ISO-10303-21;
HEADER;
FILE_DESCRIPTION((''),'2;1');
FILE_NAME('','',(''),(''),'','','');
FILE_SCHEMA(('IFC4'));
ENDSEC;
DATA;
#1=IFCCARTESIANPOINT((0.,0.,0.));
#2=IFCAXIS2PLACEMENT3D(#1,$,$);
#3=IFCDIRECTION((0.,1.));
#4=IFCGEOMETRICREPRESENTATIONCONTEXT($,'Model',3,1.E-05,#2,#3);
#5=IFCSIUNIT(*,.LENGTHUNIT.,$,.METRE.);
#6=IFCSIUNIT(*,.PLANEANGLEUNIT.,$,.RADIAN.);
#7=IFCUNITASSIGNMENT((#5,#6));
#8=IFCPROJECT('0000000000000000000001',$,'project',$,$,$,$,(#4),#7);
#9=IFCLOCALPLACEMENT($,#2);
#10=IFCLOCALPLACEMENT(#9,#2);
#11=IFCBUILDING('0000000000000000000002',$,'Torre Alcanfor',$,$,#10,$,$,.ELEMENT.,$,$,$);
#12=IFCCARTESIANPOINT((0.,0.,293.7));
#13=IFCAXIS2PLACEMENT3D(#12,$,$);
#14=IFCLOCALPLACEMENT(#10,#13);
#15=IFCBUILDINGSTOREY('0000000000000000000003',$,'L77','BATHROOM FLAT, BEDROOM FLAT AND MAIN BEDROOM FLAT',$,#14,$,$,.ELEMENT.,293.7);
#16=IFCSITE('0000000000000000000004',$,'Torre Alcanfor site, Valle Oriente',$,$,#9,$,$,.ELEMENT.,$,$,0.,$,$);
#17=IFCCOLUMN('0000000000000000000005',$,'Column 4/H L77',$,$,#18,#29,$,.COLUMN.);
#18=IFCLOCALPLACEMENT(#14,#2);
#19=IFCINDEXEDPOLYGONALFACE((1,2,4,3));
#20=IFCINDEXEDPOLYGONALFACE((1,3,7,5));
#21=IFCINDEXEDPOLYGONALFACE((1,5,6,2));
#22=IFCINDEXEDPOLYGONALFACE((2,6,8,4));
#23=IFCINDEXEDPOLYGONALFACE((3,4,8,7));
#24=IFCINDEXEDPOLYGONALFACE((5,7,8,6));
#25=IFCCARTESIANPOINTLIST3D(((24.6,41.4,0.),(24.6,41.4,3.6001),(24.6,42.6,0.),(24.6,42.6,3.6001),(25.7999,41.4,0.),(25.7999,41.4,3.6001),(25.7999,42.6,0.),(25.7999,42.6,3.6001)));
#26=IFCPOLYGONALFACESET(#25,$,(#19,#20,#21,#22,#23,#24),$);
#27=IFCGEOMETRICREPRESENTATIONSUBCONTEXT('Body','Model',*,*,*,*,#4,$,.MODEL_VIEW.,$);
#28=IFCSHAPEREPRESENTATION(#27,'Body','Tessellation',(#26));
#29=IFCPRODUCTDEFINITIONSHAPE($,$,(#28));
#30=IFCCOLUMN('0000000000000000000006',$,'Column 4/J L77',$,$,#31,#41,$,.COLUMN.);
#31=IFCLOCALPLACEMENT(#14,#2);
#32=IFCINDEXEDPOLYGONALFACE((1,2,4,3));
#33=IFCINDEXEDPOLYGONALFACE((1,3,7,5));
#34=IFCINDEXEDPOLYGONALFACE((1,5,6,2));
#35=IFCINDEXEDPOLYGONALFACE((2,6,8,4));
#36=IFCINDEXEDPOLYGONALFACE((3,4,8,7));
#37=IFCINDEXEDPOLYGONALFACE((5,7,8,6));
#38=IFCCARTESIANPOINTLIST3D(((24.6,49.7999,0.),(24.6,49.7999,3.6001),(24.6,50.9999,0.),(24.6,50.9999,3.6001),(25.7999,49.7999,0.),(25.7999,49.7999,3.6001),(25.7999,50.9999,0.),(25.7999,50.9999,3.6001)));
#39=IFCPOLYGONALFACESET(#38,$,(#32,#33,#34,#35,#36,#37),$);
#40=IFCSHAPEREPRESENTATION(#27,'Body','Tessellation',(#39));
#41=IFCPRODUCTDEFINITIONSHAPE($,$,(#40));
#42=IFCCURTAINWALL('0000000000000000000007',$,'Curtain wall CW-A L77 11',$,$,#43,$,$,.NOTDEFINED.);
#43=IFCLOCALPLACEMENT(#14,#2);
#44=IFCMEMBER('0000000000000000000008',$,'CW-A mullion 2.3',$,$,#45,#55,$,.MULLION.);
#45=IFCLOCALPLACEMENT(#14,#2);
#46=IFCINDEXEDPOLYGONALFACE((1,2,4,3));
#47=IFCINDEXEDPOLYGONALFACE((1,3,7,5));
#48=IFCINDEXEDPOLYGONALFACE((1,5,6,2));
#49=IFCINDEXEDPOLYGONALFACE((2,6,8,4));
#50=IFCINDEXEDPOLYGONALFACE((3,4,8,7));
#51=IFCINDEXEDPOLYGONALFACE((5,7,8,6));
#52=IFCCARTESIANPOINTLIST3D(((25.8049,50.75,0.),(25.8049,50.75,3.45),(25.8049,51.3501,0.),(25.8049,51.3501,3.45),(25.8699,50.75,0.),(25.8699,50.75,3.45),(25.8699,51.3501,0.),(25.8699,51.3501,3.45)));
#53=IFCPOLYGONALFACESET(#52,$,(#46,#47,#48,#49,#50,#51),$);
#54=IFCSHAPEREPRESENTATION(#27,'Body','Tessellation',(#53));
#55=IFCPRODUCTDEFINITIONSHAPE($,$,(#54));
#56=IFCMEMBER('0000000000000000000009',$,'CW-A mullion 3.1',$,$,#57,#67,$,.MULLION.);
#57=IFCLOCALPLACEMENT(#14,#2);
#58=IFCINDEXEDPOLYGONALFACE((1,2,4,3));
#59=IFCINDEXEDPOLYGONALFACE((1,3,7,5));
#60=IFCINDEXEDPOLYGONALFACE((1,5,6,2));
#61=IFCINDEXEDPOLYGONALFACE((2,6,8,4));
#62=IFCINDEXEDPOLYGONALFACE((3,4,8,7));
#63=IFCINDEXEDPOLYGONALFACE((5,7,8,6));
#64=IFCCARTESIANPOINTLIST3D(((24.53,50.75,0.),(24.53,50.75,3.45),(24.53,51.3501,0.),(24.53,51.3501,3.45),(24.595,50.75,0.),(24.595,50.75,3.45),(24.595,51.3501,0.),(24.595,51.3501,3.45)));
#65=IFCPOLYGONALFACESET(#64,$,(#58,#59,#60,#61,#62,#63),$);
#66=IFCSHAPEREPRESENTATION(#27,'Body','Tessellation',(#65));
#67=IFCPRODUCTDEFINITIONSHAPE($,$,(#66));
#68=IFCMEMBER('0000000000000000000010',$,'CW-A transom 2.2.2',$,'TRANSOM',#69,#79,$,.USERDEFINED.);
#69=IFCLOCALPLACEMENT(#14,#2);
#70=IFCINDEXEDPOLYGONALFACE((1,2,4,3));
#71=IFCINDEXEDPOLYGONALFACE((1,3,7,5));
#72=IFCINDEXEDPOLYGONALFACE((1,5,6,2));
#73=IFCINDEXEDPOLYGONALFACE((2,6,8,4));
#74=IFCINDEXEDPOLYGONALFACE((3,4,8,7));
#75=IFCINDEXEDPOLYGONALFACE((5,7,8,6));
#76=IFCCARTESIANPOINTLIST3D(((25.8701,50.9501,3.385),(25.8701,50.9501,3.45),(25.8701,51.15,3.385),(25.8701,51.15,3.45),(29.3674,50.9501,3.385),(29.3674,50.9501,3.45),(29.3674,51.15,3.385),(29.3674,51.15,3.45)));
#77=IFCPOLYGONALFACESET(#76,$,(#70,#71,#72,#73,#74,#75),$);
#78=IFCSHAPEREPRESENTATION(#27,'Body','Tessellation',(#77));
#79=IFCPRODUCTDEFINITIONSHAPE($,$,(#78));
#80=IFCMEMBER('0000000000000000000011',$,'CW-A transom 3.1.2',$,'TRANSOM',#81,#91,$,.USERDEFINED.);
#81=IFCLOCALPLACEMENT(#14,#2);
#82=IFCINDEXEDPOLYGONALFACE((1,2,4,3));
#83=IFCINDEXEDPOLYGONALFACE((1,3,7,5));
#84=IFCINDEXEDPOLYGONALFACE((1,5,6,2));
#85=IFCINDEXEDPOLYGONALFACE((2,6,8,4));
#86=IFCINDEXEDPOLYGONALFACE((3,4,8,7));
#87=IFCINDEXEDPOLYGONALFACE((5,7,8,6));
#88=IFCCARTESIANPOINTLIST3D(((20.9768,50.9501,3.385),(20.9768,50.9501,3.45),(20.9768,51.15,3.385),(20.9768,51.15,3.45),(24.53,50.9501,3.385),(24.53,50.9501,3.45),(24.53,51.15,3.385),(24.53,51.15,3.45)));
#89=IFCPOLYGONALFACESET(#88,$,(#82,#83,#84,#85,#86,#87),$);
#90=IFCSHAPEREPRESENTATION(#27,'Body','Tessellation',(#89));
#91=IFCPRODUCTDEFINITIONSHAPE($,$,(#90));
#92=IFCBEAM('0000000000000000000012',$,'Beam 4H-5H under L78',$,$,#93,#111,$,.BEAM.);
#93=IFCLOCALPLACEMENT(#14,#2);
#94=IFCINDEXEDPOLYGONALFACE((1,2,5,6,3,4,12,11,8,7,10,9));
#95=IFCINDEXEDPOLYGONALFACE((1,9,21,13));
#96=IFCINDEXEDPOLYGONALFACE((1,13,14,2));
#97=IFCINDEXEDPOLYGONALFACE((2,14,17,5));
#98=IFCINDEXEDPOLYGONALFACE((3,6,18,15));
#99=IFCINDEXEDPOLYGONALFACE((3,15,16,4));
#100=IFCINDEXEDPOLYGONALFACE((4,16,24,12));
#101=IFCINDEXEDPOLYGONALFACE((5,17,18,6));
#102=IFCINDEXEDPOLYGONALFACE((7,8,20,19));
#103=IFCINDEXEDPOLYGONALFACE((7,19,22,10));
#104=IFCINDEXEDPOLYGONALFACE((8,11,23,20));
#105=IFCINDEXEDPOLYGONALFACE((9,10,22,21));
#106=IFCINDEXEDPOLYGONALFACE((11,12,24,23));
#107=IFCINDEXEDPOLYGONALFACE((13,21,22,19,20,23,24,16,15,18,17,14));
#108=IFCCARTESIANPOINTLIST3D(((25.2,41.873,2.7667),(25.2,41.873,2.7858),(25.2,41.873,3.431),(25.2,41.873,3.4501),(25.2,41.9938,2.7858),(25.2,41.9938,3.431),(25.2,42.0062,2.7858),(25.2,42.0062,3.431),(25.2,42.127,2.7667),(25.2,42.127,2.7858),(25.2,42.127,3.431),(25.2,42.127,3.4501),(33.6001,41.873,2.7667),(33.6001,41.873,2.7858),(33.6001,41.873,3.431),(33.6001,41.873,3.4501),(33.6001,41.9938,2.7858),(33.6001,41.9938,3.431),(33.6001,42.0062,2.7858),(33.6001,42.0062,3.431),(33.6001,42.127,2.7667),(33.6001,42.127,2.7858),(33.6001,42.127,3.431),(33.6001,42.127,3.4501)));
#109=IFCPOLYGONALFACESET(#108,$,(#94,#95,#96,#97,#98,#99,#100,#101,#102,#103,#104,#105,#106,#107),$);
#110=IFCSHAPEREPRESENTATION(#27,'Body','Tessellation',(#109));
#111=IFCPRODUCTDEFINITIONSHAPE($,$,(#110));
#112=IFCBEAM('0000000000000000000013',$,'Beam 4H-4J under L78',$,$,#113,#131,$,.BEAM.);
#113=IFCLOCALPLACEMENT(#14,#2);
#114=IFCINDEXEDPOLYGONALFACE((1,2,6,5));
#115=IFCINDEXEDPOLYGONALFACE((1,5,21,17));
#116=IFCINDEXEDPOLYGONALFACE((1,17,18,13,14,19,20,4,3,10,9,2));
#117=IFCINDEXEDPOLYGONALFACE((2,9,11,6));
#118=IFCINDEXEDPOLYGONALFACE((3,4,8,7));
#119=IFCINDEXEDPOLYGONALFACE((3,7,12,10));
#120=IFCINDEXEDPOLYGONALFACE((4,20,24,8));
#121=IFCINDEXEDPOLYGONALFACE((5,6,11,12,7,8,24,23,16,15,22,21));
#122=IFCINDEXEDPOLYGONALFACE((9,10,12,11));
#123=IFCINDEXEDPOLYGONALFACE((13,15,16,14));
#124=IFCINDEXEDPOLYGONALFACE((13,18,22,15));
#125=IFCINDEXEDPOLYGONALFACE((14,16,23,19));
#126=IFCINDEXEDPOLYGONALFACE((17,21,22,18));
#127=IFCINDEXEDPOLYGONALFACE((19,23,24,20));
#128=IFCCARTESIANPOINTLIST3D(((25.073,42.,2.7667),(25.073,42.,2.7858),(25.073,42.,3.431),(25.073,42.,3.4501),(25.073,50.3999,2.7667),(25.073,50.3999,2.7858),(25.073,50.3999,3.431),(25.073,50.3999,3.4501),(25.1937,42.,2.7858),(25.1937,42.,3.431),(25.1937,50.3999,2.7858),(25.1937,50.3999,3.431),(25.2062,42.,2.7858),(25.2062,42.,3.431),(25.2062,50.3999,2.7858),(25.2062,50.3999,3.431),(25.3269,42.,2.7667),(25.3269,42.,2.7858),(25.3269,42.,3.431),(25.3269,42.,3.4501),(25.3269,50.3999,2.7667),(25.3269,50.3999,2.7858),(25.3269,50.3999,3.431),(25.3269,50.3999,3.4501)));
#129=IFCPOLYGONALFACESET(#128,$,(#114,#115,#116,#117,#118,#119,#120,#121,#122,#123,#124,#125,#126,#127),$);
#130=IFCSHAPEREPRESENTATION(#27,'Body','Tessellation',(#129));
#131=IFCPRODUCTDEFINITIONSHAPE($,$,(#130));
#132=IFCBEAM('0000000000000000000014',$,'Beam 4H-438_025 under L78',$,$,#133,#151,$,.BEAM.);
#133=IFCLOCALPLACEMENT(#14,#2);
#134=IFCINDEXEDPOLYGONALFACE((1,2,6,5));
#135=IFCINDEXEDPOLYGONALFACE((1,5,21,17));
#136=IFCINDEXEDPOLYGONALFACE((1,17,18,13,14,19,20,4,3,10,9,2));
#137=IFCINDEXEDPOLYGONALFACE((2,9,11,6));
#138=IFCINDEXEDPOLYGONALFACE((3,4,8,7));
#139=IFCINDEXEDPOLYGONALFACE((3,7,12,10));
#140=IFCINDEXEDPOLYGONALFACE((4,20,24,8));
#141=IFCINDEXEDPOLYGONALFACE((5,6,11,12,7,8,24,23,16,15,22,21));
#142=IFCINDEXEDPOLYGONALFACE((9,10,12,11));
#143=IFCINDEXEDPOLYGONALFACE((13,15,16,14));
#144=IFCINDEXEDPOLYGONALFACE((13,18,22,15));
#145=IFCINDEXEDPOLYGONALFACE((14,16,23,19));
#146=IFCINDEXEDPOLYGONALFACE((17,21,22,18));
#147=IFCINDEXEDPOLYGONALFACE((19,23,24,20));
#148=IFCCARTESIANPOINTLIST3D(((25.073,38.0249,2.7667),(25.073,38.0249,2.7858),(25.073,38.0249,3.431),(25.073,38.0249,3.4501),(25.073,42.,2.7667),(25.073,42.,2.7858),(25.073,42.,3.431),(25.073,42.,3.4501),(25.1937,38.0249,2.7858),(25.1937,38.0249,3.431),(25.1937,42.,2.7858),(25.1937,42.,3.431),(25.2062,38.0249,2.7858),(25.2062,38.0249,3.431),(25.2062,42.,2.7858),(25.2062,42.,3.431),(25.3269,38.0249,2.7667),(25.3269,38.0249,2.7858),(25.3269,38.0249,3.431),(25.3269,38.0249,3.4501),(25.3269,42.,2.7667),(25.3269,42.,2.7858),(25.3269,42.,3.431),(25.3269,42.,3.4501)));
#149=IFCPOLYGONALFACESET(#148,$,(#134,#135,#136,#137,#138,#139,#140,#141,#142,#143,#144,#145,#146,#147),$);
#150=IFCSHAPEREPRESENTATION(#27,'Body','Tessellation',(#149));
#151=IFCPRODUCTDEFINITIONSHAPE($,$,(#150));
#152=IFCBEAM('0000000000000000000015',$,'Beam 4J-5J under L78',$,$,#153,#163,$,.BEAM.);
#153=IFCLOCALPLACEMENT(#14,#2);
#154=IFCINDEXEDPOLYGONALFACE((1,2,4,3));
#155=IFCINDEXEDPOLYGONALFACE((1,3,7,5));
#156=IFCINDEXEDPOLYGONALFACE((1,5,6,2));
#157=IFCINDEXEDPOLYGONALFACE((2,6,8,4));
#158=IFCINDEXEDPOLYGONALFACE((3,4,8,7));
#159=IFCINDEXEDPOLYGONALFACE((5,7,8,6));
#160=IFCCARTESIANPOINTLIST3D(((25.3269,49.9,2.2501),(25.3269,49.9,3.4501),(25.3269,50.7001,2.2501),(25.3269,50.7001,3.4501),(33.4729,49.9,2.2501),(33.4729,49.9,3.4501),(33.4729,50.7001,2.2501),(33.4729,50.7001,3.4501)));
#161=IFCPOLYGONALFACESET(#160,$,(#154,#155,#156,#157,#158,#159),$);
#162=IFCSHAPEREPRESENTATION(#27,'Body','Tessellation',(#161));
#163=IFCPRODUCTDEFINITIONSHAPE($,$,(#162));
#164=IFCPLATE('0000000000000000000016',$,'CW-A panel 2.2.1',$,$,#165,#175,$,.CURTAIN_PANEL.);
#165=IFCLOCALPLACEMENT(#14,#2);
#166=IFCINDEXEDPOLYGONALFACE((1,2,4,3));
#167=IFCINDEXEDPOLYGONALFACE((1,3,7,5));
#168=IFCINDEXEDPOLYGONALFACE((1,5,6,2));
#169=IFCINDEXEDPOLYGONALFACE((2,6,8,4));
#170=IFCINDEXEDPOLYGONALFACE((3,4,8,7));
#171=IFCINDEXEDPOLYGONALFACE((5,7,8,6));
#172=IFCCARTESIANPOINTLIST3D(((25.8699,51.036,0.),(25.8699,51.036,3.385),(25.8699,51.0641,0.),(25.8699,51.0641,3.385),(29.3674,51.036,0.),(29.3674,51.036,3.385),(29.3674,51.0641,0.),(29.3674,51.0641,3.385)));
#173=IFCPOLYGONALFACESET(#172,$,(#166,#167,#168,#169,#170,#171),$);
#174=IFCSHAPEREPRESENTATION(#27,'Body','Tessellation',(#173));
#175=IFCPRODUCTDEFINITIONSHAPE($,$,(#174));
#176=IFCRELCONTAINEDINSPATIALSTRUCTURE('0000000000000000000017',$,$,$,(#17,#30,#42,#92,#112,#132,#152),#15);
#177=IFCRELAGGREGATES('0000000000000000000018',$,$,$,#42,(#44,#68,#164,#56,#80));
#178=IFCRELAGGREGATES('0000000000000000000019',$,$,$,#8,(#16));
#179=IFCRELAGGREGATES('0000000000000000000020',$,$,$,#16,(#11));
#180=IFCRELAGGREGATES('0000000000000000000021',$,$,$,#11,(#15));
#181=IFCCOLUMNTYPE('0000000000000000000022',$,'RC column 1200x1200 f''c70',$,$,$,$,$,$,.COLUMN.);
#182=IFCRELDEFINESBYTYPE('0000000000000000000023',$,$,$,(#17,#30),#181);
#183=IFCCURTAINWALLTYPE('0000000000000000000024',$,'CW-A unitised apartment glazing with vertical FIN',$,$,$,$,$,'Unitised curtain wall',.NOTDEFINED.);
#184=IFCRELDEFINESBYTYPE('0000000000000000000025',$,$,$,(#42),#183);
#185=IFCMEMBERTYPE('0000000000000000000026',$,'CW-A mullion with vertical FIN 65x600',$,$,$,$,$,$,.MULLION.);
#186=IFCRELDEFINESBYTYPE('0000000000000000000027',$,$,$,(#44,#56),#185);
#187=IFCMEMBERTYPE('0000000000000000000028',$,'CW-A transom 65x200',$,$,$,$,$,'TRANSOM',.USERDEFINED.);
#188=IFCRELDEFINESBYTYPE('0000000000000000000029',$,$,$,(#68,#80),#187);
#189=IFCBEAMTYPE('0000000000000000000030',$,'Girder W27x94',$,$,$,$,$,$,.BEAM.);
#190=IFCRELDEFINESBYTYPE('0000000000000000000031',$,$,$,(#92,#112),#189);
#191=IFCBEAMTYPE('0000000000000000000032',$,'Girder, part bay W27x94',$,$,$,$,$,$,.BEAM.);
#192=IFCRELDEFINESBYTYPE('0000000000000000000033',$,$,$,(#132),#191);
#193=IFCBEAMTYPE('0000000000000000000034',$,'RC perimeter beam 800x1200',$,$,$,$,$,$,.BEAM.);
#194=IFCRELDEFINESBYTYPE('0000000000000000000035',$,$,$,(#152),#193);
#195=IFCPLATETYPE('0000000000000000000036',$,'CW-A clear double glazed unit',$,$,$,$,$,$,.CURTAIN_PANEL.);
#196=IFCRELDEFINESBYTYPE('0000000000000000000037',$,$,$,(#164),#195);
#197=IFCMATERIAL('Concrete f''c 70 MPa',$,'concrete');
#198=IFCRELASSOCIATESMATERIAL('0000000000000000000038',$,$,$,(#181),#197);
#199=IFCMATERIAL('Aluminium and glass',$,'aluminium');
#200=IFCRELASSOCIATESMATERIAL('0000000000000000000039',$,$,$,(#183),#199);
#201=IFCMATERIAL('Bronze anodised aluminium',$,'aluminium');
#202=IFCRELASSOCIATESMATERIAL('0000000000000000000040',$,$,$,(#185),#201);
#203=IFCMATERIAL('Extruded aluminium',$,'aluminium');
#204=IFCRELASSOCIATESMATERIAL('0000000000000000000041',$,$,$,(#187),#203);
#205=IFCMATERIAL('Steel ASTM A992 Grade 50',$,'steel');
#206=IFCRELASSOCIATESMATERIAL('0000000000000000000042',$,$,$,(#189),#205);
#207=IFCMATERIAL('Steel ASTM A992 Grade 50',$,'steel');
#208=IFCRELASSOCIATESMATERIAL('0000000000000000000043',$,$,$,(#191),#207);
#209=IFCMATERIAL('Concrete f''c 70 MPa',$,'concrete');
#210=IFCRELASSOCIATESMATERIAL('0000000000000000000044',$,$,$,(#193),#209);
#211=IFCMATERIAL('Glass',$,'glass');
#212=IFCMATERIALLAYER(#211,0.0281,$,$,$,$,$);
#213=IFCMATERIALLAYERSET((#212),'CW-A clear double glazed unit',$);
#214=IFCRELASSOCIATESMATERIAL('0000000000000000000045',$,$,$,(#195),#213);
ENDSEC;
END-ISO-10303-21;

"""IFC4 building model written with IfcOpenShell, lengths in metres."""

from ifc_helpers import new_model, si_unit, direction, frame, origin, origin_2d, place, context, subcontext, project, spatial, rectangle, i_section, extrude, material, layer, layer_set, material_profile, profile_set, type_object, element, aggregate, save


model = new_model("IFC4")

# Units and contexts
model_context = context("Model", 3, precision=1e-05, world=origin(), true_north=direction((0.0, 1.0)))
body_context = subcontext(model_context, "Body", "Model", "MODEL_VIEW")
ifc_project = project(units=[si_unit("LENGTHUNIT", "METRE"), si_unit("PLANEANGLEUNIT", "RADIAN")], contexts=[model_context])

# Site, building, storey
site_placement = place(None, origin())
site = spatial("IfcSite", under=ifc_project, at=site_placement, Name="Torre Alcanfor site, Valle Oriente", CompositionType="ELEMENT", RefElevation=0.0)
building_placement = place(site_placement, origin())
building = spatial("IfcBuilding", under=site, at=building_placement, Name="Torre Alcanfor", CompositionType="ELEMENT")
storey_placement = place(building_placement, frame((0.0, 0.0, 293.7)))
storey = spatial("IfcBuildingStorey", under=building, at=storey_placement, Name="L77", Description="BATHROOM FLAT, BEDROOM FLAT AND MAIN BEDROOM FLAT", CompositionType="ELEMENT", Elevation=293.7)

# Columns
ifc_material_1 = material(Name="Concrete f'c 70 MPa", Category="concrete")
ifc_material_profile_1 = material_profile(ifc_material_1, rectangle(XDim=1.2, YDim=1.2, at=origin_2d()), Name="1200x1200")
ifc_profile_set_1 = profile_set([ifc_material_profile_1], Name="Concrete f'c 70 MPa")
column_type = type_object("IfcColumnType", Name="RC column 1200x1200 f'c70", PredefinedType="COLUMN", material=ifc_profile_set_1)
for number, where, z_axis, x_axis, name in (
    (1, (25.2, 42.0, 0.0), (0.0, 0.0, 1.0), (1.0, 0.0, 0.0), "Column 4/H L77"),
    (2, (25.2, 50.3999, 0.0), (0.0, 0.0, 1.0), (1.0, 0.0, 0.0), "Column 4/J L77"),
):
    element("IfcColumn", number, at=place(storey_placement, frame(where, z_axis=z_axis, x_axis=x_axis)), inside=storey, type_object=column_type, Name=name, PredefinedType="COLUMN", context=body_context, shape_type="SweptSolid", body=[
        extrude(rectangle(XDim=1.2, YDim=1.2, at=origin_2d()), origin(), (0.0, 0.0, 1.0), 3.6001),
    ])

# Curtain wall, members
ifc_material_2 = material(Name="Aluminium and glass", Category="aluminium")
curtain_wall_type = type_object("IfcCurtainWallType", Name="CW-A unitised apartment glazing with vertical FIN", ElementType="Unitised curtain wall", PredefinedType="NOTDEFINED", material=ifc_material_2)
curtain_wall_placement = place(storey_placement, origin())
curtain_wall = element("IfcCurtainWall", 3, at=curtain_wall_placement, inside=storey, type_object=curtain_wall_type, Name="Curtain wall CW-A L77 11", PredefinedType="NOTDEFINED")
ifc_material_3 = material(Name="Bronze anodised aluminium", Category="aluminium")
ifc_material_profile_2 = material_profile(ifc_material_3, rectangle(XDim=0.6001, YDim=0.0649, at=origin_2d()), Name="CW-A mullion 65x600")
ifc_profile_set_2 = profile_set([ifc_material_profile_2], Name="Bronze anodised aluminium")
member_type_1 = type_object("IfcMemberType", Name="CW-A mullion with vertical FIN 65x600", PredefinedType="MULLION", material=ifc_profile_set_2)
member_1_placement = place(storey_placement, frame((25.8374, 51.05, 0.0), z_axis=(0.0, 0.0, 1.0), x_axis=(0.0, -1.0, 0.0)))
member_1 = element("IfcMember", 4, at=member_1_placement, type_object=member_type_1, Name="CW-A mullion 2.3", PredefinedType="MULLION", context=body_context, shape_type="SweptSolid", body=[
    extrude(rectangle(XDim=0.6001, YDim=0.0649, at=origin_2d()), origin(), (0.0, 0.0, 1.0), 3.45),
])
member_2_placement = place(storey_placement, frame((24.5625, 51.05, 0.0), z_axis=(0.0, 0.0, 1.0), x_axis=(0.0, -1.0, 0.0)))
member_2 = element("IfcMember", 5, at=member_2_placement, type_object=member_type_1, Name="CW-A mullion 3.1", PredefinedType="MULLION", context=body_context, shape_type="SweptSolid", body=[
    extrude(rectangle(XDim=0.6001, YDim=0.0649, at=origin_2d()), origin(), (0.0, 0.0, 1.0), 3.45),
])
ifc_material_4 = material(Name="Extruded aluminium", Category="aluminium")
ifc_material_profile_3 = material_profile(ifc_material_4, rectangle(XDim=0.2, YDim=0.0649, at=origin_2d()), Name="CW-A transom 200x65")
ifc_profile_set_3 = profile_set([ifc_material_profile_3], Name="Extruded aluminium")
member_type_2 = type_object("IfcMemberType", Name="CW-A transom 65x200", ElementType="TRANSOM", PredefinedType="USERDEFINED", material=ifc_profile_set_3)
member_3_placement = place(storey_placement, frame((29.3674, 51.05, 3.4175), z_axis=(-1.0, 0.0, 0.0), x_axis=(0.0, -1.0, 0.0)))
member_3 = element("IfcMember", 6, at=member_3_placement, type_object=member_type_2, Name="CW-A transom 2.2.2", ObjectType="TRANSOM", PredefinedType="USERDEFINED", context=body_context, shape_type="SweptSolid", body=[
    extrude(rectangle(XDim=0.2, YDim=0.0649, at=origin_2d()), origin(), (0.0, 0.0, 1.0), 3.4973),
])
member_4_placement = place(storey_placement, frame((24.53, 51.05, 3.4175), z_axis=(-1.0, 0.0, 0.0), x_axis=(0.0, -1.0, 0.0)))
member_4 = element("IfcMember", 7, at=member_4_placement, type_object=member_type_2, Name="CW-A transom 3.1.2", ObjectType="TRANSOM", PredefinedType="USERDEFINED", context=body_context, shape_type="SweptSolid", body=[
    extrude(rectangle(XDim=0.2, YDim=0.0649, at=origin_2d()), origin(), (0.0, 0.0, 1.0), 3.5532),
])

# Beams
ifc_material_5 = material(Name="Steel ASTM A992 Grade 50", Category="steel")
ifc_material_profile_4 = material_profile(ifc_material_5, i_section(OverallWidth=0.2539, OverallDepth=0.6833, WebThickness=0.0125, FlangeThickness=0.019, at=origin_2d()), Name="W27x94")
ifc_profile_set_4 = profile_set([ifc_material_profile_4], Name="Steel ASTM A992 Grade 50")
beam_type_1 = type_object("IfcBeamType", Name="Girder W27x94", PredefinedType="BEAM", material=ifc_profile_set_4)
beam_1_placement = place(storey_placement, frame((25.2, 42.0, 3.1084), z_axis=(1.0, 0.0, 0.0), x_axis=(0.0, 1.0, 0.0)))
element("IfcBeam", 8, at=beam_1_placement, inside=storey, type_object=beam_type_1, Name="Beam 4H-5H under L78", PredefinedType="BEAM", context=body_context, shape_type="SweptSolid", body=[
    extrude(i_section(OverallWidth=0.2539, OverallDepth=0.6833, WebThickness=0.0125, FlangeThickness=0.019, at=origin_2d()), origin(), (0.0, 0.0, 1.0), 8.4001),
])
beam_2_placement = place(storey_placement, frame((25.2, 42.0, 3.1084), z_axis=(0.0, 1.0, 0.0), x_axis=(-1.0, 0.0, 0.0)))
element("IfcBeam", 9, at=beam_2_placement, inside=storey, type_object=beam_type_1, Name="Beam 4H-4J under L78", PredefinedType="BEAM", context=body_context, shape_type="SweptSolid", body=[
    extrude(i_section(OverallWidth=0.2539, OverallDepth=0.6833, WebThickness=0.0125, FlangeThickness=0.019, at=origin_2d()), origin(), (0.0, 0.0, 1.0), 8.3999),
])
ifc_material_6 = material(Name="Steel ASTM A992 Grade 50", Category="steel")
ifc_material_profile_5 = material_profile(ifc_material_6, i_section(OverallWidth=0.2539, OverallDepth=0.6833, WebThickness=0.0125, FlangeThickness=0.019, at=origin_2d()), Name="W27x94")
ifc_profile_set_5 = profile_set([ifc_material_profile_5], Name="Steel ASTM A992 Grade 50")
beam_type_2 = type_object("IfcBeamType", Name="Girder, part bay W27x94", PredefinedType="BEAM", material=ifc_profile_set_5)
beam_3_placement = place(storey_placement, frame((25.2, 42.0, 3.1084), z_axis=(0.0, -1.0, 0.0), x_axis=(1.0, 0.0, 0.0)))
element("IfcBeam", 10, at=beam_3_placement, inside=storey, type_object=beam_type_2, Name="Beam 4H-438_025 under L78", PredefinedType="BEAM", context=body_context, shape_type="SweptSolid", body=[
    extrude(i_section(OverallWidth=0.2539, OverallDepth=0.6833, WebThickness=0.0125, FlangeThickness=0.019, at=origin_2d()), origin(), (0.0, 0.0, 1.0), 3.9751),
])
ifc_material_7 = material(Name="Concrete f'c 70 MPa", Category="concrete")
ifc_material_profile_6 = material_profile(ifc_material_7, rectangle(XDim=0.8, YDim=1.2, at=origin_2d()), Name="800x1200")
ifc_profile_set_6 = profile_set([ifc_material_profile_6], Name="Concrete f'c 70 MPa")
beam_type_3 = type_object("IfcBeamType", Name="RC perimeter beam 800x1200", PredefinedType="BEAM", material=ifc_profile_set_6)
beam_4_placement = place(storey_placement, frame((25.3269, 50.3, 2.8501), z_axis=(1.0, 0.0, 0.0), x_axis=(0.0, 1.0, 0.0)))
element("IfcBeam", 11, at=beam_4_placement, inside=storey, type_object=beam_type_3, Name="Beam 4J-5J under L78", PredefinedType="BEAM", context=body_context, shape_type="SweptSolid", body=[
    extrude(rectangle(XDim=0.8, YDim=1.2, at=origin_2d()), origin(), (0.0, 0.0, 1.0), 8.146),
])

# Plate
ifc_material_8 = material(Name="Glass", Category="glass")
ifc_layer_1 = layer(ifc_material_8, 0.0281)
ifc_layer_set_1 = layer_set([ifc_layer_1], Name="CW-A clear double glazed unit")
plate_type = type_object("IfcPlateType", Name="CW-A clear double glazed unit", PredefinedType="CURTAIN_PANEL", material=ifc_layer_set_1)
plate_placement = place(storey_placement, frame((27.6187, 51.05, 0.0), z_axis=(0.0, 0.0, 1.0), x_axis=(-1.0, 0.0, 0.0)))
plate = element("IfcPlate", 12, at=plate_placement, type_object=plate_type, Name="CW-A panel 2.2.1", PredefinedType="CURTAIN_PANEL", context=body_context, shape_type="SweptSolid", body=[
    extrude(rectangle(XDim=3.4976, YDim=0.0281, at=origin_2d()), origin(), (0.0, 0.0, 1.0), 3.385),
])
aggregate(curtain_wall, [member_1, member_3, plate, member_2, member_4])

save(model, "model.ifc")
